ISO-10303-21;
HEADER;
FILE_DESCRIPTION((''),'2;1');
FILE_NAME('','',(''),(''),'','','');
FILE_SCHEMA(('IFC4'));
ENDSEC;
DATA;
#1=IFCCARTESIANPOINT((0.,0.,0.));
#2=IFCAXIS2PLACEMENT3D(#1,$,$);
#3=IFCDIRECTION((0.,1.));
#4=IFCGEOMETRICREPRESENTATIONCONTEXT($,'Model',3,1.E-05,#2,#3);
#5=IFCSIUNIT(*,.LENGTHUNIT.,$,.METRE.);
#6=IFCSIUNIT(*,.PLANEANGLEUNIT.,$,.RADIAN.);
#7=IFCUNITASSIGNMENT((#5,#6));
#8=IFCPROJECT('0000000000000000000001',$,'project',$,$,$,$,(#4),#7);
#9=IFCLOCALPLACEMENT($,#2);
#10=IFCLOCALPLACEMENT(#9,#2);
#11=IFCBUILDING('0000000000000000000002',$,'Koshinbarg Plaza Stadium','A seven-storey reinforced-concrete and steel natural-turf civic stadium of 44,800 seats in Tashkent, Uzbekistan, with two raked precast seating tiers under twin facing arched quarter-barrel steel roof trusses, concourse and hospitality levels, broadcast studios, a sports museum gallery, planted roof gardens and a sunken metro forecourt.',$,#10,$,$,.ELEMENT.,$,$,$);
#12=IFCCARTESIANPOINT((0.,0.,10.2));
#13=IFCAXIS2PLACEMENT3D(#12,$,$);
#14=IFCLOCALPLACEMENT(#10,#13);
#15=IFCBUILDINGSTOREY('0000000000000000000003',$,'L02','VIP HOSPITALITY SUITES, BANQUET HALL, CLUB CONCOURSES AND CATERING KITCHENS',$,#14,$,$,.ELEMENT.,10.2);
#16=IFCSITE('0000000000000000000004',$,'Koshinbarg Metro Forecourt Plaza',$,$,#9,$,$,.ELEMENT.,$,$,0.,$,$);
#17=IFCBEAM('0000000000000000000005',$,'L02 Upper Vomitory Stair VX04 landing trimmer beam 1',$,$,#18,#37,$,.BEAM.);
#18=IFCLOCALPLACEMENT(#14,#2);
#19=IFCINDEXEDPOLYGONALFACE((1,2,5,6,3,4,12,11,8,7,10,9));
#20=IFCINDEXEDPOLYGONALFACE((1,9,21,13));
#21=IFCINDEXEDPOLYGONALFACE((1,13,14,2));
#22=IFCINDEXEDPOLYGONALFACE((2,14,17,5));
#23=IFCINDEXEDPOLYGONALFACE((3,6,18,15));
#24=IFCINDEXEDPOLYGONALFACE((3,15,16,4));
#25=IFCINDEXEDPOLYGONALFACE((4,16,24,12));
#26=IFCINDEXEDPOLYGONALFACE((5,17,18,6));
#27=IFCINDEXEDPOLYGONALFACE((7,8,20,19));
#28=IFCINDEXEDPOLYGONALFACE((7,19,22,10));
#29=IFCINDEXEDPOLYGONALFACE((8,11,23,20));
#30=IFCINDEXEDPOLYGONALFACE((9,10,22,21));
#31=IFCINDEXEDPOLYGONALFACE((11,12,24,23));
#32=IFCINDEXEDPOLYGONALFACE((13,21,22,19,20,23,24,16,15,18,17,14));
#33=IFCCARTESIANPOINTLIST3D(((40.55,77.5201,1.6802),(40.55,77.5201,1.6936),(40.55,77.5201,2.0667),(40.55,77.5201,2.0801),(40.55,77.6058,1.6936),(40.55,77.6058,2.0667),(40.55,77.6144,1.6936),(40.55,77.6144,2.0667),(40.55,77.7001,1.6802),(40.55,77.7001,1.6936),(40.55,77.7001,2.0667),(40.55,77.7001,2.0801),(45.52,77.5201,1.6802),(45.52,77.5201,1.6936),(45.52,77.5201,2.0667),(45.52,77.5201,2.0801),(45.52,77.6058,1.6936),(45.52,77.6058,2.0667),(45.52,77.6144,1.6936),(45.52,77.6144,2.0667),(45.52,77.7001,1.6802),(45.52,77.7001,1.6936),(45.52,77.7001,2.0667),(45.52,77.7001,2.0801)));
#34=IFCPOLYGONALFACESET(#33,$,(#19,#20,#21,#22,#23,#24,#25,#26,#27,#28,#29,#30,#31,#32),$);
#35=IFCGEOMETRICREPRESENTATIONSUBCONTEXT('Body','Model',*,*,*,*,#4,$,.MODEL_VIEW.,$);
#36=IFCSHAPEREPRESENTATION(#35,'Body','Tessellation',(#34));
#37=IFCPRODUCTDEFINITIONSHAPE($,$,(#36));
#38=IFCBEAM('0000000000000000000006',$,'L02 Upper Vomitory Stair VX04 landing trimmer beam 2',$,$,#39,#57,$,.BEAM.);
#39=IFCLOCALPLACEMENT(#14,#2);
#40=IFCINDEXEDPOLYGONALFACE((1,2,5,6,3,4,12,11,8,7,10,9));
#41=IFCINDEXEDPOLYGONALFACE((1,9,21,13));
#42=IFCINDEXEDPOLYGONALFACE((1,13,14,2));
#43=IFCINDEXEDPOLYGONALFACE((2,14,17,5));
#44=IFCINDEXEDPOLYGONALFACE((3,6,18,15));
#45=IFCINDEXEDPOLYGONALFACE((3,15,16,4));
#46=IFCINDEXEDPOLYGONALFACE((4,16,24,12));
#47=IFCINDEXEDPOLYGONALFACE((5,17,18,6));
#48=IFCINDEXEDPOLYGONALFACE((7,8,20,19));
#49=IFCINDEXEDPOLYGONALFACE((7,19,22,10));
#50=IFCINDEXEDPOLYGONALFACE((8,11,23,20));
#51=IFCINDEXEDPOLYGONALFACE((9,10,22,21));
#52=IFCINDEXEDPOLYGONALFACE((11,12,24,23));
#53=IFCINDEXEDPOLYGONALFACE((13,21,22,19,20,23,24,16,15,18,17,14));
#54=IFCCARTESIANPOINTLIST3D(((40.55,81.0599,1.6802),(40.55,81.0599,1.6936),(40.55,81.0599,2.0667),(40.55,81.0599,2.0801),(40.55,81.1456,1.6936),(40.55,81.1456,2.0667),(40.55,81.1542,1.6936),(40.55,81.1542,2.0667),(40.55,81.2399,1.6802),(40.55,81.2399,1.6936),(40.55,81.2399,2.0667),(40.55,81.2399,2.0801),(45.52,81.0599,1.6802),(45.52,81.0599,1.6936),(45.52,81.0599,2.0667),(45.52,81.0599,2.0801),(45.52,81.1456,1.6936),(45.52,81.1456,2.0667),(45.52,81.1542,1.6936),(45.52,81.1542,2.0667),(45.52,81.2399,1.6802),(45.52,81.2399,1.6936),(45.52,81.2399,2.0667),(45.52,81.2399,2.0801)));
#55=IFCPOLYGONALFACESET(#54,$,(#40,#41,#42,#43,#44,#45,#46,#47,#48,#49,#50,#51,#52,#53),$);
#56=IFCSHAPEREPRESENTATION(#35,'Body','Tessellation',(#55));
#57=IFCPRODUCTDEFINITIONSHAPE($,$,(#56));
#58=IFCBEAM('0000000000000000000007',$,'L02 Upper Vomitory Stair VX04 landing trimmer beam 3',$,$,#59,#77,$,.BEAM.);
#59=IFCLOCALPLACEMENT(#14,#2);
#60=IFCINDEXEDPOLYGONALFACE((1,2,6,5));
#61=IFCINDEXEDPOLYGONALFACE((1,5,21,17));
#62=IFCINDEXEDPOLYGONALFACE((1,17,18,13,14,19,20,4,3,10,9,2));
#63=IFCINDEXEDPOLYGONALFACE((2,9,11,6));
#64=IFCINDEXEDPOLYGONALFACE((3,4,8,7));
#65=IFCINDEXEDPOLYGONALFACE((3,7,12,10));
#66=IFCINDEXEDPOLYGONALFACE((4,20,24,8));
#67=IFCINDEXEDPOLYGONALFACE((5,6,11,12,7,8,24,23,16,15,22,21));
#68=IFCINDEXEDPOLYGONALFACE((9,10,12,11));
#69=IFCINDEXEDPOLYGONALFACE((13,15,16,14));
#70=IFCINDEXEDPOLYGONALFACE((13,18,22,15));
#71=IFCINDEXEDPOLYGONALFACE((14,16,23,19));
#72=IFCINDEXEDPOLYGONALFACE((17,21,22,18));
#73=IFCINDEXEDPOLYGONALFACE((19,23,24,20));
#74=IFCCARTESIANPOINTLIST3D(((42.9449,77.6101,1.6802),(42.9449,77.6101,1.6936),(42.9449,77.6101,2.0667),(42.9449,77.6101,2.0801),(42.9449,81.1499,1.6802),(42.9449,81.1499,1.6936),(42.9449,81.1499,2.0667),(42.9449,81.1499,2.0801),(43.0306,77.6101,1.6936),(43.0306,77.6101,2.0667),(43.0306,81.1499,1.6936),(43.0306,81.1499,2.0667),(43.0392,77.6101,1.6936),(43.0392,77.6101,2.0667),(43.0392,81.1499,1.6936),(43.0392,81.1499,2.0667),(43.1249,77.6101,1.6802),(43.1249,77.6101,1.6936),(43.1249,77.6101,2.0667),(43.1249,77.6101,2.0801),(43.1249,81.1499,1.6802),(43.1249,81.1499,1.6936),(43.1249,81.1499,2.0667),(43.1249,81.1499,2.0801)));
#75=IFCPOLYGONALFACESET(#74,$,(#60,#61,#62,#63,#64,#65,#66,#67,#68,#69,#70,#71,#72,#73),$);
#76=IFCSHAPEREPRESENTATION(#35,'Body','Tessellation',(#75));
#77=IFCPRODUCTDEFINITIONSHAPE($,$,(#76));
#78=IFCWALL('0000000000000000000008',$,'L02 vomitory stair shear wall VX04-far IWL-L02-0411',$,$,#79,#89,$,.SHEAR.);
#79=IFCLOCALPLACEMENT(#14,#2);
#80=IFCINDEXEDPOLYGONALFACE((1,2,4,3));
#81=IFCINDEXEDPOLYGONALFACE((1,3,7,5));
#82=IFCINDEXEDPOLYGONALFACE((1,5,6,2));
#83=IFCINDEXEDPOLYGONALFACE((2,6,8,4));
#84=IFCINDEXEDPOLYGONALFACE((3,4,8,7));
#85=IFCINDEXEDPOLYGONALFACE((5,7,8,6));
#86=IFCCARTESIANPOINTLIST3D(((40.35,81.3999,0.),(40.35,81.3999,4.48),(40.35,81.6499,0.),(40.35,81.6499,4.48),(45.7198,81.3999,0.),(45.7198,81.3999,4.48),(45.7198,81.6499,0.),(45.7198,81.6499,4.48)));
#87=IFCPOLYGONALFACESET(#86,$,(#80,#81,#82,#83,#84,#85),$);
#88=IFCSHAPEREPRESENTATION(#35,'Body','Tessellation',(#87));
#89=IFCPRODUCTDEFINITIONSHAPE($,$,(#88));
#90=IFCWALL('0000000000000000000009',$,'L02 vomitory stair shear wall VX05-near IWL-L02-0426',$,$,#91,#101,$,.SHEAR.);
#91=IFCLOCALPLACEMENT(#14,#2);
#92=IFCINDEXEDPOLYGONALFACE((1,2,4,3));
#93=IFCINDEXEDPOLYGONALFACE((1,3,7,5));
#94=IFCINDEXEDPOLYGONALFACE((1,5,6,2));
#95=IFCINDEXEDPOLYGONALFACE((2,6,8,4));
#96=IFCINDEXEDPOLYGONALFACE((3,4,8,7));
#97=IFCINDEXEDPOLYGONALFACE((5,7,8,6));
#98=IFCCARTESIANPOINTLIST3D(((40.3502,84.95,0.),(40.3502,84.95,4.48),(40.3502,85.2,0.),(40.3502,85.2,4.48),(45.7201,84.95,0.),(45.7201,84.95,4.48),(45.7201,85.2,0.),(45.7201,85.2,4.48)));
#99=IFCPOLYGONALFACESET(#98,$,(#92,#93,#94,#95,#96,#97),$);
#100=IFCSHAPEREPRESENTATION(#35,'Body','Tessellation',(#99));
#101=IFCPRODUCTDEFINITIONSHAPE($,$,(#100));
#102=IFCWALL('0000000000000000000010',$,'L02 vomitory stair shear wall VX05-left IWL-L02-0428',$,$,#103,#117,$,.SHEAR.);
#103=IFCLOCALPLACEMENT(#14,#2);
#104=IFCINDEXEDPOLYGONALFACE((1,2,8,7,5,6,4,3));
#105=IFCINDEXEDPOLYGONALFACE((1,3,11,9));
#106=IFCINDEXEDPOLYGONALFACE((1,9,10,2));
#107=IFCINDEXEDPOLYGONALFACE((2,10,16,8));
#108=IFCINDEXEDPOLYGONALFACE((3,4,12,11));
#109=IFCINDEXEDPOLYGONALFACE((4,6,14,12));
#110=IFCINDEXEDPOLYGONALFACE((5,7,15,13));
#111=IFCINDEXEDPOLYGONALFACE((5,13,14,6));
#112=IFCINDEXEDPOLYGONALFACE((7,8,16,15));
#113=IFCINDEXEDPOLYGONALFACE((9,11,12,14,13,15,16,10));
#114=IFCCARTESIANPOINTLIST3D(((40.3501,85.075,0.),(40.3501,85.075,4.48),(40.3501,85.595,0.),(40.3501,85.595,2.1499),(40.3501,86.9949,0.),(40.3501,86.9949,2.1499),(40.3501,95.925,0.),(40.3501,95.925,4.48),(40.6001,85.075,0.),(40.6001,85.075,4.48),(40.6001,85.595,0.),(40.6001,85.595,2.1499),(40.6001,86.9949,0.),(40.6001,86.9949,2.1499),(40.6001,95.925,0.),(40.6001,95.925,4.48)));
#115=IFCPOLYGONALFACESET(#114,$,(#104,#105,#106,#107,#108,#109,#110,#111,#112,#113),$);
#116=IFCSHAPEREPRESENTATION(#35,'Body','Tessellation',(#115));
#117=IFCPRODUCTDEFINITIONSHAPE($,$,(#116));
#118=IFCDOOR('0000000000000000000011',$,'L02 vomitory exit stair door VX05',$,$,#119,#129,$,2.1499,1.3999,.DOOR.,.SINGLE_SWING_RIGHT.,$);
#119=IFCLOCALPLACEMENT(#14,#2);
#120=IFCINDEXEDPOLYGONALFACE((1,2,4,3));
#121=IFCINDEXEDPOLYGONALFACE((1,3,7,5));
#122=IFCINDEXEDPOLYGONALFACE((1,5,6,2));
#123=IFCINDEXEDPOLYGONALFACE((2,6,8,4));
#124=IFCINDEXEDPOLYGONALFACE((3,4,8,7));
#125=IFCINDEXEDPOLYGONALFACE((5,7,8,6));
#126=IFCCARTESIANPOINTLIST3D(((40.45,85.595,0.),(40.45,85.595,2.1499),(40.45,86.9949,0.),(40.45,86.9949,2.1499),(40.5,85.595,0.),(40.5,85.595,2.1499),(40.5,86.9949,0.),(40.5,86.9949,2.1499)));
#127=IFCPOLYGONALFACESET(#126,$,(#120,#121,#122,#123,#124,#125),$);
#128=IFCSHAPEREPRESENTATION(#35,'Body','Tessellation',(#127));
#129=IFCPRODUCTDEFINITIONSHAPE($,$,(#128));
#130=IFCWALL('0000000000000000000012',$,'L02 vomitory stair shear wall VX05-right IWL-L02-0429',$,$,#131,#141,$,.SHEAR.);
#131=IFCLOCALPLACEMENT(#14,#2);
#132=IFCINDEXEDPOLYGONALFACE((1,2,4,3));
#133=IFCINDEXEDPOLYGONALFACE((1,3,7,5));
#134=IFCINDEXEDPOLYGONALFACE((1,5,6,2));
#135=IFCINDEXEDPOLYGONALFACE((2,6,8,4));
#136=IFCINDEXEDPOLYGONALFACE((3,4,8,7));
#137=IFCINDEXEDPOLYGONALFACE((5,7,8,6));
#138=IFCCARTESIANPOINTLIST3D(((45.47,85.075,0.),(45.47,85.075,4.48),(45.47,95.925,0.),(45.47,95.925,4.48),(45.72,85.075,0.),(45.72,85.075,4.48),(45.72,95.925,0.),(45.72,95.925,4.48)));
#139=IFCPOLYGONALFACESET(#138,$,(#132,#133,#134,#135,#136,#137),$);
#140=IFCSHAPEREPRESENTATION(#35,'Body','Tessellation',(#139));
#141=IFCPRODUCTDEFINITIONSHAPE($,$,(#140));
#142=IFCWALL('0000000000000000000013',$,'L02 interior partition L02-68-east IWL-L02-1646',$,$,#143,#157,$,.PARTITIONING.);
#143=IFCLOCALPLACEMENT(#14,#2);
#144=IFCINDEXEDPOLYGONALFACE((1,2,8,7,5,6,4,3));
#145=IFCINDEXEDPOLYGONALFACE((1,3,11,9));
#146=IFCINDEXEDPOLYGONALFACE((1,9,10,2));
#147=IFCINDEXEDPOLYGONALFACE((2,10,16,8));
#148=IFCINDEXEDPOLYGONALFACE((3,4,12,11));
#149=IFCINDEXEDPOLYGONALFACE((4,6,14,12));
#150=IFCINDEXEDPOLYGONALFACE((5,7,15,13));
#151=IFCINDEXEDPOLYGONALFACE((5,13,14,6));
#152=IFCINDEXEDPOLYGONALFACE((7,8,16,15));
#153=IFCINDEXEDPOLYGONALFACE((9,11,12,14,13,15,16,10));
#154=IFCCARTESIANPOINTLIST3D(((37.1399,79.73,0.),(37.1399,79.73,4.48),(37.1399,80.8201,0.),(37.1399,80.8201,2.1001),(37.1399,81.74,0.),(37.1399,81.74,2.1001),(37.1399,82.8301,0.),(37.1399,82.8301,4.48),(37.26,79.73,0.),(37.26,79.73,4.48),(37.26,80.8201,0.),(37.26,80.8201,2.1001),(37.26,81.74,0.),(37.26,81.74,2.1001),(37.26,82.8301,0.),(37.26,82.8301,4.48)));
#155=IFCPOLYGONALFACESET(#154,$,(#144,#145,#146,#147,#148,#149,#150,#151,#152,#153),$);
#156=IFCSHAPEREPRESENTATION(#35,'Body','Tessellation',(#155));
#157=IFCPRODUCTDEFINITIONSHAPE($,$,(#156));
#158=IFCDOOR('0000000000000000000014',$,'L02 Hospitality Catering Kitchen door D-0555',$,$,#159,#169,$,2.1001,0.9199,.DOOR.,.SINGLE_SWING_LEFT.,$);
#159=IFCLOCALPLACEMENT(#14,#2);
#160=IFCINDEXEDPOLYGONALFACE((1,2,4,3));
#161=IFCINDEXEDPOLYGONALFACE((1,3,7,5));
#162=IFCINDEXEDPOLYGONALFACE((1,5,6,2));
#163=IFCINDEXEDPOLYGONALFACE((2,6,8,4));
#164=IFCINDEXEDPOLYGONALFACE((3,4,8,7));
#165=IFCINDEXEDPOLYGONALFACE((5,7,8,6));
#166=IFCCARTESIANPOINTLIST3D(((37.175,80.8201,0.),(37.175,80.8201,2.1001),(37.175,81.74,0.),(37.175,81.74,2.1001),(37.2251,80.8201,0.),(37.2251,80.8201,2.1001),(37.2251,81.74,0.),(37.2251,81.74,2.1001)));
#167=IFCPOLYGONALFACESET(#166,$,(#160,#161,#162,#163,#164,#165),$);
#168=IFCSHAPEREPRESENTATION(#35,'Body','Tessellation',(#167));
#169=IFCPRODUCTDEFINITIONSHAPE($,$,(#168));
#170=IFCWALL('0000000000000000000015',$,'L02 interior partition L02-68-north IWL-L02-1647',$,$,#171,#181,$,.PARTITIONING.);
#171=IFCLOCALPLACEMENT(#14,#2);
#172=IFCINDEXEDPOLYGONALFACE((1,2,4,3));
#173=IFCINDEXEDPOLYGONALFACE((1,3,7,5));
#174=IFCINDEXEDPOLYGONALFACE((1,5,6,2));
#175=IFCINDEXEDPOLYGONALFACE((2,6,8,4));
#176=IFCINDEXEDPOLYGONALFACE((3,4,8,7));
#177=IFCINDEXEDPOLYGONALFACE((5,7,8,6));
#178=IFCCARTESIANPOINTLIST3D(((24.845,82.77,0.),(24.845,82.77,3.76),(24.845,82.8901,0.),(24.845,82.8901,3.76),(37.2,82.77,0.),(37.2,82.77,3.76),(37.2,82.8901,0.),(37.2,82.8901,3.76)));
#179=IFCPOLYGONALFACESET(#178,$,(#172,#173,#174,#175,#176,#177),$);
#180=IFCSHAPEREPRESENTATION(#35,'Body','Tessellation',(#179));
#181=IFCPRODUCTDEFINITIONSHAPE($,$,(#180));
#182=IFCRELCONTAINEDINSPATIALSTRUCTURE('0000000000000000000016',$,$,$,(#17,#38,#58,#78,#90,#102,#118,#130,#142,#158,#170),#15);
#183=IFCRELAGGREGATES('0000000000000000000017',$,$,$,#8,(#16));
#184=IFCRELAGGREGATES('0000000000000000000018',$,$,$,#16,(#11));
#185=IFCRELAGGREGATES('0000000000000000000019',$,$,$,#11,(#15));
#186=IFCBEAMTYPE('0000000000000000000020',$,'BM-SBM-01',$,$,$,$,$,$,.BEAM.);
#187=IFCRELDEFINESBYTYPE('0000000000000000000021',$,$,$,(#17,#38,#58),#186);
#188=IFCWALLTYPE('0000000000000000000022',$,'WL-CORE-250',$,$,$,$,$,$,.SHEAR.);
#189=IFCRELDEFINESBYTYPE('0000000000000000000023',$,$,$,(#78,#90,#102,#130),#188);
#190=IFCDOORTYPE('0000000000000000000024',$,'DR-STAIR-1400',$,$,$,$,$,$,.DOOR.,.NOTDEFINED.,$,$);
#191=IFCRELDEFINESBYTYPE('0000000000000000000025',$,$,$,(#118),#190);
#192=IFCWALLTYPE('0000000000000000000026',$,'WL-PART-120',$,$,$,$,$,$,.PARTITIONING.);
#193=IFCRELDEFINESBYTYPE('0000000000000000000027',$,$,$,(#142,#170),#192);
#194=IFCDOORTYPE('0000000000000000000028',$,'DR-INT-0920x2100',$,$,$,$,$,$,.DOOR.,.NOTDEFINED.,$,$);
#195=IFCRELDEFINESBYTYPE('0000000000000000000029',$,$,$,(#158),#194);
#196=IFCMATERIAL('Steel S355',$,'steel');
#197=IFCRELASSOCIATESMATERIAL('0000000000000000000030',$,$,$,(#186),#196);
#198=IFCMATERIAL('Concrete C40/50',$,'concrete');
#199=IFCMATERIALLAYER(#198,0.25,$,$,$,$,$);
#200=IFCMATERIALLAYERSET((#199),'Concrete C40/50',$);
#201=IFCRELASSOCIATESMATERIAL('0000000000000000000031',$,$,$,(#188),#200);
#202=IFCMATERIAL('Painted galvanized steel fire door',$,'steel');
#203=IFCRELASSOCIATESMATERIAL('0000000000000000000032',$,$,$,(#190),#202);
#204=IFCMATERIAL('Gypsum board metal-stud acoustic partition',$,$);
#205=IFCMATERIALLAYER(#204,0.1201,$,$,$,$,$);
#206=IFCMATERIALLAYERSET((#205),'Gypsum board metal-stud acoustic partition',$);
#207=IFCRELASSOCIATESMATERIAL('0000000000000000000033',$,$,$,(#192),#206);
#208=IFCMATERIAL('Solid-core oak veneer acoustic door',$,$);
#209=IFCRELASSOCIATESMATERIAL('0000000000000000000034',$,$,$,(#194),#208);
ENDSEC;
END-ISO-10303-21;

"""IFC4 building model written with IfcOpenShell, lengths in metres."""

from ifc_helpers import new_model, si_unit, direction, frame, frame_2d, origin, origin_2d, place, context, subcontext, project, spatial, rectangle, i_section, extrude, material, layer, layer_set, material_profile, profile_set, type_object, element, fill, save


model = new_model("IFC4")

# Units and contexts
model_context = context("Model", 3, precision=1e-05, world=origin(), true_north=direction((0.0, 1.0)))
body_context = subcontext(model_context, "Body", "Model", "MODEL_VIEW")
ifc_project = project(units=[si_unit("LENGTHUNIT", "METRE"), si_unit("PLANEANGLEUNIT", "RADIAN")], contexts=[model_context])

# Site, building, storey
site_placement = place(None, origin())
site = spatial("IfcSite", under=ifc_project, at=site_placement, Name="Koshinbarg Metro Forecourt Plaza", CompositionType="ELEMENT", RefElevation=0.0)
building_placement = place(site_placement, origin())
building = spatial("IfcBuilding", under=site, at=building_placement, Name="Koshinbarg Plaza Stadium", Description="A seven-storey reinforced-concrete and steel natural-turf civic stadium of 44,800 seats in Tashkent, Uzbekistan, with two raked precast seating tiers under twin facing arched quarter-barrel steel roof trusses, concourse and hospitality levels, broadcast studios, a sports museum gallery, planted roof gardens and a sunken metro forecourt.", CompositionType="ELEMENT")
storey_placement = place(building_placement, frame((0.0, 0.0, 10.2)))
storey = spatial("IfcBuildingStorey", under=building, at=storey_placement, Name="L02", Description="VIP HOSPITALITY SUITES, BANQUET HALL, CLUB CONCOURSES AND CATERING KITCHENS", CompositionType="ELEMENT", Elevation=10.2)

# Beams
ifc_material_1 = material(Name="Steel S355", Category="steel")
ifc_material_profile = material_profile(ifc_material_1, i_section(OverallWidth=0.1799, OverallDepth=0.3999, WebThickness=0.0085, FlangeThickness=0.0134, at=origin_2d()), Name="IPE 400")
ifc_profile_set = profile_set([ifc_material_profile], Name="Steel S355")
beam_type = type_object("IfcBeamType", Name="BM-SBM-01", PredefinedType="BEAM", material=ifc_profile_set)
for number, where, z_axis, x_axis, name in (
    (1, (40.55, 77.6101, 1.8801), (1.0, 0.0, 0.0), (0.0, 1.0, 0.0), "L02 Upper Vomitory Stair VX04 landing trimmer beam 1"),
    (2, (40.55, 81.1499, 1.8801), (1.0, 0.0, 0.0), (0.0, 1.0, 0.0), "L02 Upper Vomitory Stair VX04 landing trimmer beam 2"),
):
    element("IfcBeam", number, at=place(storey_placement, frame(where, z_axis=z_axis, x_axis=x_axis)), inside=storey, type_object=beam_type, Name=name, PredefinedType="BEAM", context=body_context, shape_type="SweptSolid", body=[
        extrude(i_section(OverallWidth=0.1799, OverallDepth=0.3999, WebThickness=0.0085, FlangeThickness=0.0134, at=origin_2d()), origin(), (0.0, 0.0, 1.0), 4.97),
    ])
beam_placement = place(storey_placement, frame((43.0349, 77.6101, 1.8801), z_axis=(0.0, 1.0, 0.0), x_axis=(-1.0, 0.0, 0.0)))
element("IfcBeam", 3, at=beam_placement, inside=storey, type_object=beam_type, Name="L02 Upper Vomitory Stair VX04 landing trimmer beam 3", PredefinedType="BEAM", context=body_context, shape_type="SweptSolid", body=[
    extrude(i_section(OverallWidth=0.1799, OverallDepth=0.3999, WebThickness=0.0085, FlangeThickness=0.0134, at=origin_2d()), origin(), (0.0, 0.0, 1.0), 3.5398),
])

# Walls
ifc_material_2 = material(Name="Concrete C40/50", Category="concrete")
ifc_layer_1 = layer(ifc_material_2, 0.25)
ifc_layer_set_1 = layer_set([ifc_layer_1], Name="Concrete C40/50")
wall_type_1 = type_object("IfcWallType", Name="WL-CORE-250", PredefinedType="SHEAR", material=ifc_layer_set_1)
for number, where, z_axis, x_axis, name in (
    (4, (45.72, 81.5249, 0.0), (0.0, 0.0, 1.0), (-1.0, 0.0, 0.0), "L02 vomitory stair shear wall VX04-far IWL-L02-0411"),
    (5, (40.3501, 85.075, 0.0), (0.0, 0.0, 1.0), (1.0, 0.0, 0.0), "L02 vomitory stair shear wall VX05-near IWL-L02-0426"),
):
    element("IfcWall", number, at=place(storey_placement, frame(where, z_axis=z_axis, x_axis=x_axis)), inside=storey, type_object=wall_type_1, Name=name, PredefinedType="SHEAR", context=body_context, shape_type="SweptSolid", body=[
        extrude(rectangle(XDim=5.3699, YDim=0.25, at=frame_2d((2.6851, 0.0))), origin(), (0.0, 0.0, 1.0), 4.48),
    ])

# Wall, opening, door
wall_1_placement = place(storey_placement, frame((40.4751, 85.075, 0.0), z_axis=(0.0, 0.0, 1.0), x_axis=(0.0, 1.0, 0.0)))
wall_1 = element("IfcWall", 6, at=wall_1_placement, inside=storey, type_object=wall_type_1, Name="L02 vomitory stair shear wall VX05-left IWL-L02-0428", PredefinedType="SHEAR", context=body_context, shape_type="SweptSolid", body=[
    extrude(rectangle(XDim=10.8501, YDim=0.25, at=frame_2d((5.425, 0.0))), origin(), (0.0, 0.0, 1.0), 4.48),
])
opening_1_placement = place(wall_1_placement, frame((0.52, 0.0, 0.0)))
opening_1 = element("IfcOpeningElement", 7, at=opening_1_placement, cuts=wall_1, PredefinedType="OPENING", context=body_context, shape_type="SweptSolid", body=[
    extrude(rectangle(XDim=1.3999, YDim=2.1499, at=frame_2d((0.7, 1.075))), frame((0.0, 0.135, 0.0), z_axis=(0.0, -1.0, 0.0), x_axis=(1.0, 0.0, 0.0)), (0.0, 0.0, 1.0), 0.27),
])
ifc_material_3 = material(Name="Painted galvanized steel fire door", Category="steel")
door_type_1 = type_object("IfcDoorType", Name="DR-STAIR-1400", OperationType="NOTDEFINED", PredefinedType="DOOR", material=ifc_material_3)
door_1_placement = place(opening_1_placement, frame((1.3999, 0.0, 0.0), z_axis=(0.0, 0.0, 1.0), x_axis=(-1.0, 0.0, 0.0)))
door_1 = element("IfcDoor", 8, at=door_1_placement, inside=storey, type_object=door_type_1, Name="L02 vomitory exit stair door VX05", OperationType="SINGLE_SWING_RIGHT", OverallHeight=2.1499, OverallWidth=1.3999, PredefinedType="DOOR", context=body_context, shape_type="SweptSolid", body=[
    extrude(rectangle(XDim=1.3999, YDim=2.1499, at=frame_2d((0.7, 1.075))), frame((0.0, 0.0249, 0.0), z_axis=(0.0, -1.0, 0.0), x_axis=(1.0, 0.0, 0.0)), (0.0, 0.0, 1.0), 0.05),
])
fill(opening_1, door_1)

# Wall
wall_2_placement = place(storey_placement, frame((45.595, 85.075, 0.0), z_axis=(0.0, 0.0, 1.0), x_axis=(0.0, 1.0, 0.0)))
element("IfcWall", 9, at=wall_2_placement, inside=storey, type_object=wall_type_1, Name="L02 vomitory stair shear wall VX05-right IWL-L02-0429", PredefinedType="SHEAR", context=body_context, shape_type="SweptSolid", body=[
    extrude(rectangle(XDim=10.8501, YDim=0.25, at=frame_2d((5.425, 0.0))), origin(), (0.0, 0.0, 1.0), 4.48),
])

# Wall, opening, door
ifc_material_4 = material(Name="Gypsum board metal-stud acoustic partition")
ifc_layer_2 = layer(ifc_material_4, 0.1201)
ifc_layer_set_2 = layer_set([ifc_layer_2], Name="Gypsum board metal-stud acoustic partition")
wall_type_2 = type_object("IfcWallType", Name="WL-PART-120", PredefinedType="PARTITIONING", material=ifc_layer_set_2)
wall_3_placement = place(storey_placement, frame((37.2, 79.73, 0.0), z_axis=(0.0, 0.0, 1.0), x_axis=(0.0, 1.0, 0.0)))
wall_3 = element("IfcWall", 10, at=wall_3_placement, inside=storey, type_object=wall_type_2, Name="L02 interior partition L02-68-east IWL-L02-1646", PredefinedType="PARTITIONING", context=body_context, shape_type="SweptSolid", body=[
    extrude(rectangle(XDim=3.1001, YDim=0.1201, at=frame_2d((1.55, 0.0))), origin(), (0.0, 0.0, 1.0), 4.48),
])
opening_2_placement = place(wall_3_placement, frame((1.0901, 0.0, 0.0)))
opening_2 = element("IfcOpeningElement", 11, at=opening_2_placement, cuts=wall_3, PredefinedType="OPENING", context=body_context, shape_type="SweptSolid", body=[
    extrude(rectangle(XDim=0.9199, YDim=2.1001, at=frame_2d((0.46, 1.05))), frame((0.0, 0.0701, 0.0), z_axis=(0.0, -1.0, 0.0), x_axis=(1.0, 0.0, 0.0)), (0.0, 0.0, 1.0), 0.1401),
])
ifc_material_5 = material(Name="Solid-core oak veneer acoustic door")
door_type_2 = type_object("IfcDoorType", Name="DR-INT-0920x2100", OperationType="NOTDEFINED", PredefinedType="DOOR", material=ifc_material_5)
door_2_placement = place(opening_2_placement, origin())
door_2 = element("IfcDoor", 12, at=door_2_placement, inside=storey, type_object=door_type_2, Name="L02 Hospitality Catering Kitchen door D-0555", OperationType="SINGLE_SWING_LEFT", OverallHeight=2.1001, OverallWidth=0.9199, PredefinedType="DOOR", context=body_context, shape_type="SweptSolid", body=[
    extrude(rectangle(XDim=0.9199, YDim=2.1001, at=frame_2d((0.46, 1.05))), frame((0.0, 0.0249, 0.0), z_axis=(0.0, -1.0, 0.0), x_axis=(1.0, 0.0, 0.0)), (0.0, 0.0, 1.0), 0.05),
])
fill(opening_2, door_2)

# Wall
wall_4_placement = place(storey_placement, frame((37.2, 82.8301, 0.0), z_axis=(0.0, 0.0, 1.0), x_axis=(-1.0, 0.0, 0.0)))
element("IfcWall", 13, at=wall_4_placement, inside=storey, type_object=wall_type_2, Name="L02 interior partition L02-68-north IWL-L02-1647", PredefinedType="PARTITIONING", context=body_context, shape_type="SweptSolid", body=[
    extrude(rectangle(XDim=12.355, YDim=0.1201, at=frame_2d((6.1775, 0.0))), origin(), (0.0, 0.0, 1.0), 3.76),
])

save(model, "model.ifc")
